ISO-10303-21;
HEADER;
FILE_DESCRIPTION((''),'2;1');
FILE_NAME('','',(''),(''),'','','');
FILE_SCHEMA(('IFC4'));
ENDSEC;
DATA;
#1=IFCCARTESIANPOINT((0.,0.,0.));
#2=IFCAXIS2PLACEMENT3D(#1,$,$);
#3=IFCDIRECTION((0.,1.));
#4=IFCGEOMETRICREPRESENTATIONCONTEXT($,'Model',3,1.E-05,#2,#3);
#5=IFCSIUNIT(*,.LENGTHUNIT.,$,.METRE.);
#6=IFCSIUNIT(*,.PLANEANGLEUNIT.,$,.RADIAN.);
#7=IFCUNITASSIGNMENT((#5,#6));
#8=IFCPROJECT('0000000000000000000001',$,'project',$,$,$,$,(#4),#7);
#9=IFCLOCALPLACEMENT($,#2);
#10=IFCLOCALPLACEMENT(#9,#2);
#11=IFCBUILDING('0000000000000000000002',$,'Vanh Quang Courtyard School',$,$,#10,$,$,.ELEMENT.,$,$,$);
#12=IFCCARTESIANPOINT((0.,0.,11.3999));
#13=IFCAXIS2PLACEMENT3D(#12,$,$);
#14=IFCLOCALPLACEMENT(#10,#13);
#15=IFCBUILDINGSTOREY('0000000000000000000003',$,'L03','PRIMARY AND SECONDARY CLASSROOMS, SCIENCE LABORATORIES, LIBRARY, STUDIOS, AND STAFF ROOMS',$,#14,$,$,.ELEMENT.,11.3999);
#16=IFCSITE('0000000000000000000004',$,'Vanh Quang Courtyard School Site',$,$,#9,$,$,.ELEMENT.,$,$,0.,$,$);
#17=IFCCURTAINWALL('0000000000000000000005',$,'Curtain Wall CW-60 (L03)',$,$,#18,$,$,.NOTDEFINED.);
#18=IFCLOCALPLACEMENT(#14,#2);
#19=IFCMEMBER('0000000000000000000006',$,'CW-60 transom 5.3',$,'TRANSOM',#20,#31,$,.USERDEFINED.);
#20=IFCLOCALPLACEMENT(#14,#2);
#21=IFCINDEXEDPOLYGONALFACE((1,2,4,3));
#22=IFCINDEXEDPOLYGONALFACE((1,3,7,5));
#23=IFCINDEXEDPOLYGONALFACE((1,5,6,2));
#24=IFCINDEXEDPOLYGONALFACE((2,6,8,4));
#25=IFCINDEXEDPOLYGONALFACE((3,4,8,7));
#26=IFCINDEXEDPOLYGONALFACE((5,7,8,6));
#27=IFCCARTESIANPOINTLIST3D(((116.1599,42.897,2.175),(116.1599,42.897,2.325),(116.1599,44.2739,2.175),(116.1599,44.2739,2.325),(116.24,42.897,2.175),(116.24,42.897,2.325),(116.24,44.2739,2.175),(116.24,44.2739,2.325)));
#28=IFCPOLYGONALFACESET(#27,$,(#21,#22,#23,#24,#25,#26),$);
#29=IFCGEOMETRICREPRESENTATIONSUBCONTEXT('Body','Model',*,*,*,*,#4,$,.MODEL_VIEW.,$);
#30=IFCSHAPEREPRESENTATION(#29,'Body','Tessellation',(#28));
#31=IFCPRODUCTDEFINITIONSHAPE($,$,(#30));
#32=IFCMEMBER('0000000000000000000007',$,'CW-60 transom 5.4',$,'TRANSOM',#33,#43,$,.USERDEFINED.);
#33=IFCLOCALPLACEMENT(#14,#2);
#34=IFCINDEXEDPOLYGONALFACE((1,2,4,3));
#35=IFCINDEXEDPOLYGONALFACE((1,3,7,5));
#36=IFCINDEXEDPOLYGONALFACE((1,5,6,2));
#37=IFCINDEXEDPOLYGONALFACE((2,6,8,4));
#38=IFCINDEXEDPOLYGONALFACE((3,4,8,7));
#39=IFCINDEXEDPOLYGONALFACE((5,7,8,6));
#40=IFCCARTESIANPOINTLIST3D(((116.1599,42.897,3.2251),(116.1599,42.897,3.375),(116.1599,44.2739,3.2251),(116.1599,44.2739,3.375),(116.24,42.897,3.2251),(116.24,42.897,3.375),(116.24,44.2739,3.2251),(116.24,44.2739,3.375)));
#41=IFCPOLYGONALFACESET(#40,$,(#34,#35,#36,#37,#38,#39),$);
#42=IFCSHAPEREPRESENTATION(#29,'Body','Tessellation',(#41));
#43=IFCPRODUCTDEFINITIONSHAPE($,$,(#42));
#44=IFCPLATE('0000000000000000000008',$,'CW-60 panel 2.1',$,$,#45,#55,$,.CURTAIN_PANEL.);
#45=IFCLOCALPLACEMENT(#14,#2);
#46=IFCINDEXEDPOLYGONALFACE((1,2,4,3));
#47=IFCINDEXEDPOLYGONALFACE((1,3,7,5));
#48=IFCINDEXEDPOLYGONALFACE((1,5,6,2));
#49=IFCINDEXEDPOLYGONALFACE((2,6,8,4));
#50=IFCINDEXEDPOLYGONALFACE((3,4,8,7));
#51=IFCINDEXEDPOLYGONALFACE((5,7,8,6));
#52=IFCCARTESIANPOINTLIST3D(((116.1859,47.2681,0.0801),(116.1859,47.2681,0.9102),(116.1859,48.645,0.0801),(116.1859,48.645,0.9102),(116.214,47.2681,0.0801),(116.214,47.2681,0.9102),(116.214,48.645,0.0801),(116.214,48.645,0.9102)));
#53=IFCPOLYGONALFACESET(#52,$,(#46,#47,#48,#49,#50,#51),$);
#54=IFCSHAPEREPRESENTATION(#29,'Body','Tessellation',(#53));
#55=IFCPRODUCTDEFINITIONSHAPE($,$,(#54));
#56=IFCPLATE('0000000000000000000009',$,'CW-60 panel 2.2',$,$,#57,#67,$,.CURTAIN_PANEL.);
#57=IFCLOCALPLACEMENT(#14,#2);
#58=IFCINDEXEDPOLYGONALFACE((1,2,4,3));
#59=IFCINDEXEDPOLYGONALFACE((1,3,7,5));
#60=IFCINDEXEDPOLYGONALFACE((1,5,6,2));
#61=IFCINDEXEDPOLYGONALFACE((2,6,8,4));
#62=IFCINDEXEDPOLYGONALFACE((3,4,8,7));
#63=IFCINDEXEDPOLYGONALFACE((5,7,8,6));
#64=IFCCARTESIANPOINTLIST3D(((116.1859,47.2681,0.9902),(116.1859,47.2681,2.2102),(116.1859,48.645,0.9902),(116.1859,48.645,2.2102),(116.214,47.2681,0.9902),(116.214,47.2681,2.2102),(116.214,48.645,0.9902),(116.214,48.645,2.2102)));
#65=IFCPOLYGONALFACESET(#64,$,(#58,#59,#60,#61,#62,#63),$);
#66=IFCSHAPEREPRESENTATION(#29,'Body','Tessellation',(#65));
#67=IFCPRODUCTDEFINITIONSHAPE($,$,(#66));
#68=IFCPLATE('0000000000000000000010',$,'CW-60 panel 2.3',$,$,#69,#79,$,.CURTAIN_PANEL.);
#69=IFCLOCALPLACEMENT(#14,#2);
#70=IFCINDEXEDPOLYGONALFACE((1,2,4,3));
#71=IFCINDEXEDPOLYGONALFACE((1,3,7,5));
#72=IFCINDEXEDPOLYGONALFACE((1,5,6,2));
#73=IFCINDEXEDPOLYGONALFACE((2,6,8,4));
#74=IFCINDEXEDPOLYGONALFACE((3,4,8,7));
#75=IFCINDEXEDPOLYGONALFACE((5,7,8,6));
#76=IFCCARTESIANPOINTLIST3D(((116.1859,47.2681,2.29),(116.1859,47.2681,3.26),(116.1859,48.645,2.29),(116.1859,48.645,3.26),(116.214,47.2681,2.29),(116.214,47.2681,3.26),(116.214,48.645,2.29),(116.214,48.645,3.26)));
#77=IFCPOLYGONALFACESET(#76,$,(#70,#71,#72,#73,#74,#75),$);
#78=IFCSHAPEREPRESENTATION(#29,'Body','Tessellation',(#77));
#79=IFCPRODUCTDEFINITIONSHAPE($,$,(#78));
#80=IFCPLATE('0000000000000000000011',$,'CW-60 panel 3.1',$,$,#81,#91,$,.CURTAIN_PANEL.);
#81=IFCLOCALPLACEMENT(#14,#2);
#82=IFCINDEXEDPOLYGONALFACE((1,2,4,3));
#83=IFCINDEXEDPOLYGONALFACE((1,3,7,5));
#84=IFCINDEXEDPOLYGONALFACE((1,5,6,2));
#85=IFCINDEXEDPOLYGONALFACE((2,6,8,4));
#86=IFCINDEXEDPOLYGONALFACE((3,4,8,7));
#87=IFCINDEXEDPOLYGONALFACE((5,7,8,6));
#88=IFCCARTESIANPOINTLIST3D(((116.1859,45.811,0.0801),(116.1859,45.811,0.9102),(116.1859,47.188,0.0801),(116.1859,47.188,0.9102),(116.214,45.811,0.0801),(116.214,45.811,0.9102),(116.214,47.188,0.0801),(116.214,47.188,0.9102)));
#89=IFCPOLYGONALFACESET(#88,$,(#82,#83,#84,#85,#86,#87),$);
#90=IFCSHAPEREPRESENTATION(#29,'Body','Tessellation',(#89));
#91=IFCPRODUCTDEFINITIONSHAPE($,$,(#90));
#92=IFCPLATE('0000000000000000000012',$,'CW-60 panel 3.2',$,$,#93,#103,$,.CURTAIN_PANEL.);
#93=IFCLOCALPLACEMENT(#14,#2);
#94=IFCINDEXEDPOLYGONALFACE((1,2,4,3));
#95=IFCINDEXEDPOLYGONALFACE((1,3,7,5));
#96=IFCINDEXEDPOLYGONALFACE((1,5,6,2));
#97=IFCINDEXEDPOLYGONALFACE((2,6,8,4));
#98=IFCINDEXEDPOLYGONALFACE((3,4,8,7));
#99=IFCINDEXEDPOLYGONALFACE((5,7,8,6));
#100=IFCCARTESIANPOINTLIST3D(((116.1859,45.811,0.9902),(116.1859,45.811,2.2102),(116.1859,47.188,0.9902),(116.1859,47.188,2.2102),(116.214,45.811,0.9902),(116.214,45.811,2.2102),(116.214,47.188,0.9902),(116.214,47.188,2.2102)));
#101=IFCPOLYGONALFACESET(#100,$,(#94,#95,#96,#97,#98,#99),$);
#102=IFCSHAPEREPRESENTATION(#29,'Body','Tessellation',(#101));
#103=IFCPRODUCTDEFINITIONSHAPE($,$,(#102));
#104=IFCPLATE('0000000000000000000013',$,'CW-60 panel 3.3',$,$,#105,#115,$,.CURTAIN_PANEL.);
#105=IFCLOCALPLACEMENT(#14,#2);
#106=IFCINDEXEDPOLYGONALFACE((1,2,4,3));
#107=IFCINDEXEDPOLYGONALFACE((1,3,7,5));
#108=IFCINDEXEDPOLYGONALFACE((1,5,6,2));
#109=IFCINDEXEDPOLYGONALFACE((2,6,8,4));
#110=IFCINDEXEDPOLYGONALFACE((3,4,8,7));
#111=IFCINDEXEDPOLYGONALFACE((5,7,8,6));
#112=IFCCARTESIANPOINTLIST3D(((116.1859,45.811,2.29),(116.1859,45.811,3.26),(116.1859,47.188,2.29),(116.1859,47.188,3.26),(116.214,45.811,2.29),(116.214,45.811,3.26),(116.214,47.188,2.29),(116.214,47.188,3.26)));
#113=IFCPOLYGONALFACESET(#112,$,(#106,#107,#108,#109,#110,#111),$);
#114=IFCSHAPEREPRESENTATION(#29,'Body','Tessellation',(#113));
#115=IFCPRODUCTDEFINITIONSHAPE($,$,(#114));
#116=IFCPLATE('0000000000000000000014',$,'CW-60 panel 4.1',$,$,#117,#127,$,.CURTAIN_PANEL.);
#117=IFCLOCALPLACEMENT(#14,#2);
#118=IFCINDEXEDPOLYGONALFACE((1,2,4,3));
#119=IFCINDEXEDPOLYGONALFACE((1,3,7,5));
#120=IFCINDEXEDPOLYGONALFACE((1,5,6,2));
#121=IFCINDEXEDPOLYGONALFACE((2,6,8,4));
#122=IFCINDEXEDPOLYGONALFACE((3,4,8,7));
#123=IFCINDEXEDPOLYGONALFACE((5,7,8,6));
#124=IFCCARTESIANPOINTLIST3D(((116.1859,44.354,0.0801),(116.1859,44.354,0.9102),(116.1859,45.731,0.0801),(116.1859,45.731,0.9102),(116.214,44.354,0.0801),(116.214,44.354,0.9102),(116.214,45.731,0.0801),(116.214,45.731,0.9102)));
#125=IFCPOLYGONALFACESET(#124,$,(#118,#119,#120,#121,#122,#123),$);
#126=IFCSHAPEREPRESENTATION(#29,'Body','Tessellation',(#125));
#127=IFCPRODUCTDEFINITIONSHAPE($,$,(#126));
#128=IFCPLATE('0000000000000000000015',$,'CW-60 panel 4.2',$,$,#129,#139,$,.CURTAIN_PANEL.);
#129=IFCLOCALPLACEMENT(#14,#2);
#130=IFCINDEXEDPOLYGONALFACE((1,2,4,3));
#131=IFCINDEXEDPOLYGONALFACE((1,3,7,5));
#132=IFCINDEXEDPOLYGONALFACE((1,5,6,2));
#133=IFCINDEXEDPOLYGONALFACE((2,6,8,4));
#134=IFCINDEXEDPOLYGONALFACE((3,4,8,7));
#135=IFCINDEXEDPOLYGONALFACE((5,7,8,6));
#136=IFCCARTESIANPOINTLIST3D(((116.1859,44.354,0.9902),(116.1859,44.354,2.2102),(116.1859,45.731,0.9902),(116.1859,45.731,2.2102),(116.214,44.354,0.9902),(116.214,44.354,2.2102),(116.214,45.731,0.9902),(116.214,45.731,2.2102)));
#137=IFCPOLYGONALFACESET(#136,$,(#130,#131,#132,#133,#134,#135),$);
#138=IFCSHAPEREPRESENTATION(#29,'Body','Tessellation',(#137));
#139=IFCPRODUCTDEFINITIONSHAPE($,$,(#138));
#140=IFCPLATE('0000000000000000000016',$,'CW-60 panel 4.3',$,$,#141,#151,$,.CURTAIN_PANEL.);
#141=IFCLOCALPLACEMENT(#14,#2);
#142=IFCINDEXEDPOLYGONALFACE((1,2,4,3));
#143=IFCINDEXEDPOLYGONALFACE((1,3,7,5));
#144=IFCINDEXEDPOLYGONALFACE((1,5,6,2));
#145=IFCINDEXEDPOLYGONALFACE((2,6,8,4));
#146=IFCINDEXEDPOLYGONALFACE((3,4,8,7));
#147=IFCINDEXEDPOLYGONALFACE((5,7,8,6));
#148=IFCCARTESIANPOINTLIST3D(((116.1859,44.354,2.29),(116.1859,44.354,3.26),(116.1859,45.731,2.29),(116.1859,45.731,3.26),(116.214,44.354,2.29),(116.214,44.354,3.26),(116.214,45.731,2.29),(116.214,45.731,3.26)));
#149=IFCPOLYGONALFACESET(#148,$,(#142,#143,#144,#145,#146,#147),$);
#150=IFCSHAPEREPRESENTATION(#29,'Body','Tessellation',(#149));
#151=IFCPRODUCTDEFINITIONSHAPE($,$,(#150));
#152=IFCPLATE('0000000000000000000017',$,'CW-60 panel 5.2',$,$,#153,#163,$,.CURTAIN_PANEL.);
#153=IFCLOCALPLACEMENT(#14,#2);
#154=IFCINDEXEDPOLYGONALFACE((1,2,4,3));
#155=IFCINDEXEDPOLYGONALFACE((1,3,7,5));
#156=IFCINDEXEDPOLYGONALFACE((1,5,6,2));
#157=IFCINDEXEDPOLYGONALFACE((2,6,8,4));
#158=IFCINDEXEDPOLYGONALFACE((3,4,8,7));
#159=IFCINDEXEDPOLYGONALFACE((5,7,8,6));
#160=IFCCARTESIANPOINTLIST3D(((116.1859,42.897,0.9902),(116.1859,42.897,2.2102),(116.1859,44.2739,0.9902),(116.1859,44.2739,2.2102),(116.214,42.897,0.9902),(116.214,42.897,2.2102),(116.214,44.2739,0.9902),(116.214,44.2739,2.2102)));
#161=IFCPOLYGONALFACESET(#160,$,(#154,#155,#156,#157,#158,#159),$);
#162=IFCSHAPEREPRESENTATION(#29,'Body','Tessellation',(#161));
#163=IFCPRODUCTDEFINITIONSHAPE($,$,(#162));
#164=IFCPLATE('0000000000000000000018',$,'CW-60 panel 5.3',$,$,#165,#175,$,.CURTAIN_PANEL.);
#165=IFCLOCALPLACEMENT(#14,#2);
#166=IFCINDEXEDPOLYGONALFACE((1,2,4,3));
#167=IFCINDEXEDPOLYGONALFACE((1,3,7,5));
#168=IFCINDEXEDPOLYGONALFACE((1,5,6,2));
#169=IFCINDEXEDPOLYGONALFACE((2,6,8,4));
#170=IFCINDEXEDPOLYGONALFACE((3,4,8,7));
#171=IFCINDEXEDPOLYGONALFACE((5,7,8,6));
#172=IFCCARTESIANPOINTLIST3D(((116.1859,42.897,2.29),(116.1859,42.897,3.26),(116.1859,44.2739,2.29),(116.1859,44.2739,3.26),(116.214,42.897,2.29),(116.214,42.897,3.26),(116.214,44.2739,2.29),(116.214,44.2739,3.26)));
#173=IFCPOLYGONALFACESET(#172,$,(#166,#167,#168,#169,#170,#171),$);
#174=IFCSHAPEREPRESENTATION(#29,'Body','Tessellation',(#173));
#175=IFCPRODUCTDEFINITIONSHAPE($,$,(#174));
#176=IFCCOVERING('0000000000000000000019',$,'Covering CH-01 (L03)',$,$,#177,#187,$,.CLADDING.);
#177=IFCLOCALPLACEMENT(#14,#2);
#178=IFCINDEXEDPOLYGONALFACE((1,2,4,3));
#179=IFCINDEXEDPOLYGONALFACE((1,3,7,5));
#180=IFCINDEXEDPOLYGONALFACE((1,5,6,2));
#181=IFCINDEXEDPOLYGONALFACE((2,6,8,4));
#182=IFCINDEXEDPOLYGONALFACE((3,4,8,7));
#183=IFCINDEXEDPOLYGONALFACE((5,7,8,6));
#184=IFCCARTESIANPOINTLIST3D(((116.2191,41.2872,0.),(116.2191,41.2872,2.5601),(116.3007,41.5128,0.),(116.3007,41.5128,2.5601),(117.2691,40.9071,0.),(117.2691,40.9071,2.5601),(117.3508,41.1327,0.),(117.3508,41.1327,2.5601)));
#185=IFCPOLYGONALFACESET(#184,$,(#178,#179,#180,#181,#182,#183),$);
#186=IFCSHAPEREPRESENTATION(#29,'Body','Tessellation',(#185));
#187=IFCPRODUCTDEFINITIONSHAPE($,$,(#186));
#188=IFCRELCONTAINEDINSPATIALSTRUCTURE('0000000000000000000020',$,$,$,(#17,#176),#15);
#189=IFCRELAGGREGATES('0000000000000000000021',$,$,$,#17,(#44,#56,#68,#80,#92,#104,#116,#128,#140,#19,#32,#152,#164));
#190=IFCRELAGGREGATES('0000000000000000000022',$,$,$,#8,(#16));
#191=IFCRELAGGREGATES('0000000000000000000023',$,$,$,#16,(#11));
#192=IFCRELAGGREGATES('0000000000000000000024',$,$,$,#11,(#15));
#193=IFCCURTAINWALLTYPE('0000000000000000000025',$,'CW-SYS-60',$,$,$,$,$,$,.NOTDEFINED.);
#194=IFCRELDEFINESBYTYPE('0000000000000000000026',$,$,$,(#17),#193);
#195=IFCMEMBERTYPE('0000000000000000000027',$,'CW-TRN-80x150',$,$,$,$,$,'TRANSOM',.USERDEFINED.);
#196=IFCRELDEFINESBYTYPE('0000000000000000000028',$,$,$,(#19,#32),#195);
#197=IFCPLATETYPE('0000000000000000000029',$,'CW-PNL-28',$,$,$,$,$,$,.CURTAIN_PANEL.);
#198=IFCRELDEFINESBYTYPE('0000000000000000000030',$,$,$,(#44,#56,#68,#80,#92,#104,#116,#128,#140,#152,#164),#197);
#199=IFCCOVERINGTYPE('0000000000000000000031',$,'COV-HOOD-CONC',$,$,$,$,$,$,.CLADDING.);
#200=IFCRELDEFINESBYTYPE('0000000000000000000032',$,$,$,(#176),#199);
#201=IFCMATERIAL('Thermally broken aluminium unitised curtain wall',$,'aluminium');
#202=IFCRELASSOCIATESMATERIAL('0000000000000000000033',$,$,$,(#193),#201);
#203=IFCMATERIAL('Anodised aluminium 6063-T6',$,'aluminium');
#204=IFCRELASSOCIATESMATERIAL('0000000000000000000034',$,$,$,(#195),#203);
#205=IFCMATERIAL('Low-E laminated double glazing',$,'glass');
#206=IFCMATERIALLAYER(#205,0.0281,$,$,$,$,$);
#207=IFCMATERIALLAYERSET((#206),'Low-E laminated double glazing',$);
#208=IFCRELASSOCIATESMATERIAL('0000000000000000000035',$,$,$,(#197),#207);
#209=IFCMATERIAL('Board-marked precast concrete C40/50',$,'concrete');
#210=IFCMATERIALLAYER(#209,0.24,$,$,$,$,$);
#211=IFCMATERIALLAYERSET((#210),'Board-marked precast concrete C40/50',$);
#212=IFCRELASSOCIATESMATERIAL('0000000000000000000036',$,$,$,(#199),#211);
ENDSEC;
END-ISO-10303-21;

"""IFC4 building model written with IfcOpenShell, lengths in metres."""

from ifc_helpers import new_model, si_unit, direction, frame, origin, origin_2d, place, context, subcontext, project, spatial, rectangle, extrude, material, layer, layer_set, material_profile, profile_set, type_object, element, aggregate, save


model = new_model("IFC4")

# Units and contexts
model_context = context("Model", 3, precision=1e-05, world=origin(), true_north=direction((0.0, 1.0)))
body_context = subcontext(model_context, "Body", "Model", "MODEL_VIEW")
ifc_project = project(units=[si_unit("LENGTHUNIT", "METRE"), si_unit("PLANEANGLEUNIT", "RADIAN")], contexts=[model_context])

# Site, building, storey
site_placement = place(None, origin())
site = spatial("IfcSite", under=ifc_project, at=site_placement, Name="Vanh Quang Courtyard School Site", CompositionType="ELEMENT", RefElevation=0.0)
building_placement = place(site_placement, origin())
building = spatial("IfcBuilding", under=site, at=building_placement, Name="Vanh Quang Courtyard School", CompositionType="ELEMENT")
storey_placement = place(building_placement, frame((0.0, 0.0, 11.3999)))
storey = spatial("IfcBuildingStorey", under=building, at=storey_placement, Name="L03", Description="PRIMARY AND SECONDARY CLASSROOMS, SCIENCE LABORATORIES, LIBRARY, STUDIOS, AND STAFF ROOMS", CompositionType="ELEMENT", Elevation=11.3999)

# Curtain wall, members, plates
ifc_material_1 = material(Name="Thermally broken aluminium unitised curtain wall", Category="aluminium")
curtain_wall_type = type_object("IfcCurtainWallType", Name="CW-SYS-60", PredefinedType="NOTDEFINED", material=ifc_material_1)
curtain_wall_placement = place(storey_placement, origin())
curtain_wall = element("IfcCurtainWall", 1, at=curtain_wall_placement, inside=storey, type_object=curtain_wall_type, Name="Curtain Wall CW-60 (L03)", PredefinedType="NOTDEFINED")
ifc_material_2 = material(Name="Anodised aluminium 6063-T6", Category="aluminium")
ifc_material_profile_1 = material_profile(ifc_material_2, rectangle(XDim=0.0801, YDim=0.1499, at=origin_2d()), Name="ALU-TRN 80x150")
ifc_profile_set_1 = profile_set([ifc_material_profile_1], Name="Anodised aluminium 6063-T6")
member_type_1 = type_object("IfcMemberType", Name="CW-TRN-80x150", ElementType="TRANSOM", PredefinedType="USERDEFINED", material=ifc_profile_set_1)
member_1_placement = place(storey_placement, frame((116.2, 44.2739, 2.25), z_axis=(0.0, -1.0, 0.0), x_axis=(1.0, 0.0, 0.0)))
member_1 = element("IfcMember", 2, at=member_1_placement, type_object=member_type_1, Name="CW-60 transom 5.3", ObjectType="TRANSOM", PredefinedType="USERDEFINED", context=body_context, shape_type="SweptSolid", body=[
    extrude(rectangle(XDim=0.0801, YDim=0.1499, at=origin_2d()), origin(), (0.0, 0.0, 1.0), 1.377),
])
member_2_placement = place(storey_placement, frame((116.2, 44.2739, 3.3), z_axis=(0.0, -1.0, 0.0), x_axis=(1.0, 0.0, 0.0)))
member_2 = element("IfcMember", 3, at=member_2_placement, type_object=member_type_1, Name="CW-60 transom 5.4", ObjectType="TRANSOM", PredefinedType="USERDEFINED", context=body_context, shape_type="SweptSolid", body=[
    extrude(rectangle(XDim=0.0801, YDim=0.1499, at=origin_2d()), origin(), (0.0, 0.0, 1.0), 1.377),
])
ifc_material_3 = material(Name="Low-E laminated double glazing", Category="glass")
ifc_layer_1 = layer(ifc_material_3, 0.0281)
ifc_layer_set_1 = layer_set([ifc_layer_1], Name="Low-E laminated double glazing")
plate_type = type_object("IfcPlateType", Name="CW-PNL-28", PredefinedType="CURTAIN_PANEL", material=ifc_layer_set_1)
plate_1_placement = place(storey_placement, frame((116.2, 47.9565, 0.0801), z_axis=(0.0, 0.0, 1.0), x_axis=(0.0, -1.0, 0.0)))
plate_1 = element("IfcPlate", 4, at=plate_1_placement, type_object=plate_type, Name="CW-60 panel 2.1", PredefinedType="CURTAIN_PANEL", context=body_context, shape_type="SweptSolid", body=[
    extrude(rectangle(XDim=1.377, YDim=0.0281, at=origin_2d()), origin(), (0.0, 0.0, 1.0), 0.8301),
])
plate_2_placement = place(storey_placement, frame((116.2, 47.9565, 0.9902), z_axis=(0.0, 0.0, 1.0), x_axis=(0.0, -1.0, 0.0)))
plate_2 = element("IfcPlate", 5, at=plate_2_placement, type_object=plate_type, Name="CW-60 panel 2.2", PredefinedType="CURTAIN_PANEL", context=body_context, shape_type="SweptSolid", body=[
    extrude(rectangle(XDim=1.377, YDim=0.0281, at=origin_2d()), origin(), (0.0, 0.0, 1.0), 1.22),
])
plate_3_placement = place(storey_placement, frame((116.2, 47.9565, 2.29), z_axis=(0.0, 0.0, 1.0), x_axis=(0.0, -1.0, 0.0)))
plate_3 = element("IfcPlate", 6, at=plate_3_placement, type_object=plate_type, Name="CW-60 panel 2.3", PredefinedType="CURTAIN_PANEL", context=body_context, shape_type="SweptSolid", body=[
    extrude(rectangle(XDim=1.377, YDim=0.0281, at=origin_2d()), origin(), (0.0, 0.0, 1.0), 0.97),
])
plate_4_placement = place(storey_placement, frame((116.2, 46.4995, 0.0801), z_axis=(0.0, 0.0, 1.0), x_axis=(0.0, -1.0, 0.0)))
plate_4 = element("IfcPlate", 7, at=plate_4_placement, type_object=plate_type, Name="CW-60 panel 3.1", PredefinedType="CURTAIN_PANEL", context=body_context, shape_type="SweptSolid", body=[
    extrude(rectangle(XDim=1.377, YDim=0.0281, at=origin_2d()), origin(), (0.0, 0.0, 1.0), 0.8301),
])
plate_5_placement = place(storey_placement, frame((116.2, 46.4995, 0.9902), z_axis=(0.0, 0.0, 1.0), x_axis=(0.0, -1.0, 0.0)))
plate_5 = element("IfcPlate", 8, at=plate_5_placement, type_object=plate_type, Name="CW-60 panel 3.2", PredefinedType="CURTAIN_PANEL", context=body_context, shape_type="SweptSolid", body=[
    extrude(rectangle(XDim=1.377, YDim=0.0281, at=origin_2d()), origin(), (0.0, 0.0, 1.0), 1.22),
])
plate_6_placement = place(storey_placement, frame((116.2, 46.4995, 2.29), z_axis=(0.0, 0.0, 1.0), x_axis=(0.0, -1.0, 0.0)))
plate_6 = element("IfcPlate", 9, at=plate_6_placement, type_object=plate_type, Name="CW-60 panel 3.3", PredefinedType="CURTAIN_PANEL", context=body_context, shape_type="SweptSolid", body=[
    extrude(rectangle(XDim=1.377, YDim=0.0281, at=origin_2d()), origin(), (0.0, 0.0, 1.0), 0.97),
])
plate_7_placement = place(storey_placement, frame((116.2, 45.0425, 0.0801), z_axis=(0.0, 0.0, 1.0), x_axis=(0.0, -1.0, 0.0)))
plate_7 = element("IfcPlate", 10, at=plate_7_placement, type_object=plate_type, Name="CW-60 panel 4.1", PredefinedType="CURTAIN_PANEL", context=body_context, shape_type="SweptSolid", body=[
    extrude(rectangle(XDim=1.377, YDim=0.0281, at=origin_2d()), origin(), (0.0, 0.0, 1.0), 0.8301),
])
plate_8_placement = place(storey_placement, frame((116.2, 45.0425, 0.9902), z_axis=(0.0, 0.0, 1.0), x_axis=(0.0, -1.0, 0.0)))
plate_8 = element("IfcPlate", 11, at=plate_8_placement, type_object=plate_type, Name="CW-60 panel 4.2", PredefinedType="CURTAIN_PANEL", context=body_context, shape_type="SweptSolid", body=[
    extrude(rectangle(XDim=1.377, YDim=0.0281, at=origin_2d()), origin(), (0.0, 0.0, 1.0), 1.22),
])
plate_9_placement = place(storey_placement, frame((116.2, 45.0425, 2.29), z_axis=(0.0, 0.0, 1.0), x_axis=(0.0, -1.0, 0.0)))
plate_9 = element("IfcPlate", 12, at=plate_9_placement, type_object=plate_type, Name="CW-60 panel 4.3", PredefinedType="CURTAIN_PANEL", context=body_context, shape_type="SweptSolid", body=[
    extrude(rectangle(XDim=1.377, YDim=0.0281, at=origin_2d()), origin(), (0.0, 0.0, 1.0), 0.97),
])
plate_10_placement = place(storey_placement, frame((116.2, 43.5854, 0.9902), z_axis=(0.0, 0.0, 1.0), x_axis=(0.0, -1.0, 0.0)))
plate_10 = element("IfcPlate", 13, at=plate_10_placement, type_object=plate_type, Name="CW-60 panel 5.2", PredefinedType="CURTAIN_PANEL", context=body_context, shape_type="SweptSolid", body=[
    extrude(rectangle(XDim=1.377, YDim=0.0281, at=origin_2d()), origin(), (0.0, 0.0, 1.0), 1.22),
])
plate_11_placement = place(storey_placement, frame((116.2, 43.5854, 2.29), z_axis=(0.0, 0.0, 1.0), x_axis=(0.0, -1.0, 0.0)))
plate_11 = element("IfcPlate", 14, at=plate_11_placement, type_object=plate_type, Name="CW-60 panel 5.3", PredefinedType="CURTAIN_PANEL", context=body_context, shape_type="SweptSolid", body=[
    extrude(rectangle(XDim=1.377, YDim=0.0281, at=origin_2d()), origin(), (0.0, 0.0, 1.0), 0.97),
])
aggregate(curtain_wall, [plate_1, plate_2, plate_3, plate_4, plate_5, plate_6, plate_7, plate_8, plate_9, member_1, member_2, plate_10, plate_11])

# Covering
ifc_material_4 = material(Name="Board-marked precast concrete C40/50", Category="concrete")
ifc_layer_2 = layer(ifc_material_4, 0.24)
ifc_layer_set_2 = layer_set([ifc_layer_2], Name="Board-marked precast concrete C40/50")
covering_type = type_object("IfcCoveringType", Name="COV-HOOD-CONC", PredefinedType="CLADDING", material=ifc_layer_set_2)
covering_placement = place(storey_placement, frame((116.7849, 41.21, 0.0), z_axis=(0.0, 0.0, 1.0), x_axis=(0.940288, -0.34038, 0.0)))
element("IfcCovering", 15, at=covering_placement, inside=storey, type_object=covering_type, Name="Covering CH-01 (L03)", PredefinedType="CLADDING", context=body_context, shape_type="SweptSolid", body=[
    extrude(rectangle(XDim=1.1167, YDim=0.24, at=origin_2d()), origin(), (0.0, 0.0, 1.0), 2.5601),
])

save(model, "model.ifc")
